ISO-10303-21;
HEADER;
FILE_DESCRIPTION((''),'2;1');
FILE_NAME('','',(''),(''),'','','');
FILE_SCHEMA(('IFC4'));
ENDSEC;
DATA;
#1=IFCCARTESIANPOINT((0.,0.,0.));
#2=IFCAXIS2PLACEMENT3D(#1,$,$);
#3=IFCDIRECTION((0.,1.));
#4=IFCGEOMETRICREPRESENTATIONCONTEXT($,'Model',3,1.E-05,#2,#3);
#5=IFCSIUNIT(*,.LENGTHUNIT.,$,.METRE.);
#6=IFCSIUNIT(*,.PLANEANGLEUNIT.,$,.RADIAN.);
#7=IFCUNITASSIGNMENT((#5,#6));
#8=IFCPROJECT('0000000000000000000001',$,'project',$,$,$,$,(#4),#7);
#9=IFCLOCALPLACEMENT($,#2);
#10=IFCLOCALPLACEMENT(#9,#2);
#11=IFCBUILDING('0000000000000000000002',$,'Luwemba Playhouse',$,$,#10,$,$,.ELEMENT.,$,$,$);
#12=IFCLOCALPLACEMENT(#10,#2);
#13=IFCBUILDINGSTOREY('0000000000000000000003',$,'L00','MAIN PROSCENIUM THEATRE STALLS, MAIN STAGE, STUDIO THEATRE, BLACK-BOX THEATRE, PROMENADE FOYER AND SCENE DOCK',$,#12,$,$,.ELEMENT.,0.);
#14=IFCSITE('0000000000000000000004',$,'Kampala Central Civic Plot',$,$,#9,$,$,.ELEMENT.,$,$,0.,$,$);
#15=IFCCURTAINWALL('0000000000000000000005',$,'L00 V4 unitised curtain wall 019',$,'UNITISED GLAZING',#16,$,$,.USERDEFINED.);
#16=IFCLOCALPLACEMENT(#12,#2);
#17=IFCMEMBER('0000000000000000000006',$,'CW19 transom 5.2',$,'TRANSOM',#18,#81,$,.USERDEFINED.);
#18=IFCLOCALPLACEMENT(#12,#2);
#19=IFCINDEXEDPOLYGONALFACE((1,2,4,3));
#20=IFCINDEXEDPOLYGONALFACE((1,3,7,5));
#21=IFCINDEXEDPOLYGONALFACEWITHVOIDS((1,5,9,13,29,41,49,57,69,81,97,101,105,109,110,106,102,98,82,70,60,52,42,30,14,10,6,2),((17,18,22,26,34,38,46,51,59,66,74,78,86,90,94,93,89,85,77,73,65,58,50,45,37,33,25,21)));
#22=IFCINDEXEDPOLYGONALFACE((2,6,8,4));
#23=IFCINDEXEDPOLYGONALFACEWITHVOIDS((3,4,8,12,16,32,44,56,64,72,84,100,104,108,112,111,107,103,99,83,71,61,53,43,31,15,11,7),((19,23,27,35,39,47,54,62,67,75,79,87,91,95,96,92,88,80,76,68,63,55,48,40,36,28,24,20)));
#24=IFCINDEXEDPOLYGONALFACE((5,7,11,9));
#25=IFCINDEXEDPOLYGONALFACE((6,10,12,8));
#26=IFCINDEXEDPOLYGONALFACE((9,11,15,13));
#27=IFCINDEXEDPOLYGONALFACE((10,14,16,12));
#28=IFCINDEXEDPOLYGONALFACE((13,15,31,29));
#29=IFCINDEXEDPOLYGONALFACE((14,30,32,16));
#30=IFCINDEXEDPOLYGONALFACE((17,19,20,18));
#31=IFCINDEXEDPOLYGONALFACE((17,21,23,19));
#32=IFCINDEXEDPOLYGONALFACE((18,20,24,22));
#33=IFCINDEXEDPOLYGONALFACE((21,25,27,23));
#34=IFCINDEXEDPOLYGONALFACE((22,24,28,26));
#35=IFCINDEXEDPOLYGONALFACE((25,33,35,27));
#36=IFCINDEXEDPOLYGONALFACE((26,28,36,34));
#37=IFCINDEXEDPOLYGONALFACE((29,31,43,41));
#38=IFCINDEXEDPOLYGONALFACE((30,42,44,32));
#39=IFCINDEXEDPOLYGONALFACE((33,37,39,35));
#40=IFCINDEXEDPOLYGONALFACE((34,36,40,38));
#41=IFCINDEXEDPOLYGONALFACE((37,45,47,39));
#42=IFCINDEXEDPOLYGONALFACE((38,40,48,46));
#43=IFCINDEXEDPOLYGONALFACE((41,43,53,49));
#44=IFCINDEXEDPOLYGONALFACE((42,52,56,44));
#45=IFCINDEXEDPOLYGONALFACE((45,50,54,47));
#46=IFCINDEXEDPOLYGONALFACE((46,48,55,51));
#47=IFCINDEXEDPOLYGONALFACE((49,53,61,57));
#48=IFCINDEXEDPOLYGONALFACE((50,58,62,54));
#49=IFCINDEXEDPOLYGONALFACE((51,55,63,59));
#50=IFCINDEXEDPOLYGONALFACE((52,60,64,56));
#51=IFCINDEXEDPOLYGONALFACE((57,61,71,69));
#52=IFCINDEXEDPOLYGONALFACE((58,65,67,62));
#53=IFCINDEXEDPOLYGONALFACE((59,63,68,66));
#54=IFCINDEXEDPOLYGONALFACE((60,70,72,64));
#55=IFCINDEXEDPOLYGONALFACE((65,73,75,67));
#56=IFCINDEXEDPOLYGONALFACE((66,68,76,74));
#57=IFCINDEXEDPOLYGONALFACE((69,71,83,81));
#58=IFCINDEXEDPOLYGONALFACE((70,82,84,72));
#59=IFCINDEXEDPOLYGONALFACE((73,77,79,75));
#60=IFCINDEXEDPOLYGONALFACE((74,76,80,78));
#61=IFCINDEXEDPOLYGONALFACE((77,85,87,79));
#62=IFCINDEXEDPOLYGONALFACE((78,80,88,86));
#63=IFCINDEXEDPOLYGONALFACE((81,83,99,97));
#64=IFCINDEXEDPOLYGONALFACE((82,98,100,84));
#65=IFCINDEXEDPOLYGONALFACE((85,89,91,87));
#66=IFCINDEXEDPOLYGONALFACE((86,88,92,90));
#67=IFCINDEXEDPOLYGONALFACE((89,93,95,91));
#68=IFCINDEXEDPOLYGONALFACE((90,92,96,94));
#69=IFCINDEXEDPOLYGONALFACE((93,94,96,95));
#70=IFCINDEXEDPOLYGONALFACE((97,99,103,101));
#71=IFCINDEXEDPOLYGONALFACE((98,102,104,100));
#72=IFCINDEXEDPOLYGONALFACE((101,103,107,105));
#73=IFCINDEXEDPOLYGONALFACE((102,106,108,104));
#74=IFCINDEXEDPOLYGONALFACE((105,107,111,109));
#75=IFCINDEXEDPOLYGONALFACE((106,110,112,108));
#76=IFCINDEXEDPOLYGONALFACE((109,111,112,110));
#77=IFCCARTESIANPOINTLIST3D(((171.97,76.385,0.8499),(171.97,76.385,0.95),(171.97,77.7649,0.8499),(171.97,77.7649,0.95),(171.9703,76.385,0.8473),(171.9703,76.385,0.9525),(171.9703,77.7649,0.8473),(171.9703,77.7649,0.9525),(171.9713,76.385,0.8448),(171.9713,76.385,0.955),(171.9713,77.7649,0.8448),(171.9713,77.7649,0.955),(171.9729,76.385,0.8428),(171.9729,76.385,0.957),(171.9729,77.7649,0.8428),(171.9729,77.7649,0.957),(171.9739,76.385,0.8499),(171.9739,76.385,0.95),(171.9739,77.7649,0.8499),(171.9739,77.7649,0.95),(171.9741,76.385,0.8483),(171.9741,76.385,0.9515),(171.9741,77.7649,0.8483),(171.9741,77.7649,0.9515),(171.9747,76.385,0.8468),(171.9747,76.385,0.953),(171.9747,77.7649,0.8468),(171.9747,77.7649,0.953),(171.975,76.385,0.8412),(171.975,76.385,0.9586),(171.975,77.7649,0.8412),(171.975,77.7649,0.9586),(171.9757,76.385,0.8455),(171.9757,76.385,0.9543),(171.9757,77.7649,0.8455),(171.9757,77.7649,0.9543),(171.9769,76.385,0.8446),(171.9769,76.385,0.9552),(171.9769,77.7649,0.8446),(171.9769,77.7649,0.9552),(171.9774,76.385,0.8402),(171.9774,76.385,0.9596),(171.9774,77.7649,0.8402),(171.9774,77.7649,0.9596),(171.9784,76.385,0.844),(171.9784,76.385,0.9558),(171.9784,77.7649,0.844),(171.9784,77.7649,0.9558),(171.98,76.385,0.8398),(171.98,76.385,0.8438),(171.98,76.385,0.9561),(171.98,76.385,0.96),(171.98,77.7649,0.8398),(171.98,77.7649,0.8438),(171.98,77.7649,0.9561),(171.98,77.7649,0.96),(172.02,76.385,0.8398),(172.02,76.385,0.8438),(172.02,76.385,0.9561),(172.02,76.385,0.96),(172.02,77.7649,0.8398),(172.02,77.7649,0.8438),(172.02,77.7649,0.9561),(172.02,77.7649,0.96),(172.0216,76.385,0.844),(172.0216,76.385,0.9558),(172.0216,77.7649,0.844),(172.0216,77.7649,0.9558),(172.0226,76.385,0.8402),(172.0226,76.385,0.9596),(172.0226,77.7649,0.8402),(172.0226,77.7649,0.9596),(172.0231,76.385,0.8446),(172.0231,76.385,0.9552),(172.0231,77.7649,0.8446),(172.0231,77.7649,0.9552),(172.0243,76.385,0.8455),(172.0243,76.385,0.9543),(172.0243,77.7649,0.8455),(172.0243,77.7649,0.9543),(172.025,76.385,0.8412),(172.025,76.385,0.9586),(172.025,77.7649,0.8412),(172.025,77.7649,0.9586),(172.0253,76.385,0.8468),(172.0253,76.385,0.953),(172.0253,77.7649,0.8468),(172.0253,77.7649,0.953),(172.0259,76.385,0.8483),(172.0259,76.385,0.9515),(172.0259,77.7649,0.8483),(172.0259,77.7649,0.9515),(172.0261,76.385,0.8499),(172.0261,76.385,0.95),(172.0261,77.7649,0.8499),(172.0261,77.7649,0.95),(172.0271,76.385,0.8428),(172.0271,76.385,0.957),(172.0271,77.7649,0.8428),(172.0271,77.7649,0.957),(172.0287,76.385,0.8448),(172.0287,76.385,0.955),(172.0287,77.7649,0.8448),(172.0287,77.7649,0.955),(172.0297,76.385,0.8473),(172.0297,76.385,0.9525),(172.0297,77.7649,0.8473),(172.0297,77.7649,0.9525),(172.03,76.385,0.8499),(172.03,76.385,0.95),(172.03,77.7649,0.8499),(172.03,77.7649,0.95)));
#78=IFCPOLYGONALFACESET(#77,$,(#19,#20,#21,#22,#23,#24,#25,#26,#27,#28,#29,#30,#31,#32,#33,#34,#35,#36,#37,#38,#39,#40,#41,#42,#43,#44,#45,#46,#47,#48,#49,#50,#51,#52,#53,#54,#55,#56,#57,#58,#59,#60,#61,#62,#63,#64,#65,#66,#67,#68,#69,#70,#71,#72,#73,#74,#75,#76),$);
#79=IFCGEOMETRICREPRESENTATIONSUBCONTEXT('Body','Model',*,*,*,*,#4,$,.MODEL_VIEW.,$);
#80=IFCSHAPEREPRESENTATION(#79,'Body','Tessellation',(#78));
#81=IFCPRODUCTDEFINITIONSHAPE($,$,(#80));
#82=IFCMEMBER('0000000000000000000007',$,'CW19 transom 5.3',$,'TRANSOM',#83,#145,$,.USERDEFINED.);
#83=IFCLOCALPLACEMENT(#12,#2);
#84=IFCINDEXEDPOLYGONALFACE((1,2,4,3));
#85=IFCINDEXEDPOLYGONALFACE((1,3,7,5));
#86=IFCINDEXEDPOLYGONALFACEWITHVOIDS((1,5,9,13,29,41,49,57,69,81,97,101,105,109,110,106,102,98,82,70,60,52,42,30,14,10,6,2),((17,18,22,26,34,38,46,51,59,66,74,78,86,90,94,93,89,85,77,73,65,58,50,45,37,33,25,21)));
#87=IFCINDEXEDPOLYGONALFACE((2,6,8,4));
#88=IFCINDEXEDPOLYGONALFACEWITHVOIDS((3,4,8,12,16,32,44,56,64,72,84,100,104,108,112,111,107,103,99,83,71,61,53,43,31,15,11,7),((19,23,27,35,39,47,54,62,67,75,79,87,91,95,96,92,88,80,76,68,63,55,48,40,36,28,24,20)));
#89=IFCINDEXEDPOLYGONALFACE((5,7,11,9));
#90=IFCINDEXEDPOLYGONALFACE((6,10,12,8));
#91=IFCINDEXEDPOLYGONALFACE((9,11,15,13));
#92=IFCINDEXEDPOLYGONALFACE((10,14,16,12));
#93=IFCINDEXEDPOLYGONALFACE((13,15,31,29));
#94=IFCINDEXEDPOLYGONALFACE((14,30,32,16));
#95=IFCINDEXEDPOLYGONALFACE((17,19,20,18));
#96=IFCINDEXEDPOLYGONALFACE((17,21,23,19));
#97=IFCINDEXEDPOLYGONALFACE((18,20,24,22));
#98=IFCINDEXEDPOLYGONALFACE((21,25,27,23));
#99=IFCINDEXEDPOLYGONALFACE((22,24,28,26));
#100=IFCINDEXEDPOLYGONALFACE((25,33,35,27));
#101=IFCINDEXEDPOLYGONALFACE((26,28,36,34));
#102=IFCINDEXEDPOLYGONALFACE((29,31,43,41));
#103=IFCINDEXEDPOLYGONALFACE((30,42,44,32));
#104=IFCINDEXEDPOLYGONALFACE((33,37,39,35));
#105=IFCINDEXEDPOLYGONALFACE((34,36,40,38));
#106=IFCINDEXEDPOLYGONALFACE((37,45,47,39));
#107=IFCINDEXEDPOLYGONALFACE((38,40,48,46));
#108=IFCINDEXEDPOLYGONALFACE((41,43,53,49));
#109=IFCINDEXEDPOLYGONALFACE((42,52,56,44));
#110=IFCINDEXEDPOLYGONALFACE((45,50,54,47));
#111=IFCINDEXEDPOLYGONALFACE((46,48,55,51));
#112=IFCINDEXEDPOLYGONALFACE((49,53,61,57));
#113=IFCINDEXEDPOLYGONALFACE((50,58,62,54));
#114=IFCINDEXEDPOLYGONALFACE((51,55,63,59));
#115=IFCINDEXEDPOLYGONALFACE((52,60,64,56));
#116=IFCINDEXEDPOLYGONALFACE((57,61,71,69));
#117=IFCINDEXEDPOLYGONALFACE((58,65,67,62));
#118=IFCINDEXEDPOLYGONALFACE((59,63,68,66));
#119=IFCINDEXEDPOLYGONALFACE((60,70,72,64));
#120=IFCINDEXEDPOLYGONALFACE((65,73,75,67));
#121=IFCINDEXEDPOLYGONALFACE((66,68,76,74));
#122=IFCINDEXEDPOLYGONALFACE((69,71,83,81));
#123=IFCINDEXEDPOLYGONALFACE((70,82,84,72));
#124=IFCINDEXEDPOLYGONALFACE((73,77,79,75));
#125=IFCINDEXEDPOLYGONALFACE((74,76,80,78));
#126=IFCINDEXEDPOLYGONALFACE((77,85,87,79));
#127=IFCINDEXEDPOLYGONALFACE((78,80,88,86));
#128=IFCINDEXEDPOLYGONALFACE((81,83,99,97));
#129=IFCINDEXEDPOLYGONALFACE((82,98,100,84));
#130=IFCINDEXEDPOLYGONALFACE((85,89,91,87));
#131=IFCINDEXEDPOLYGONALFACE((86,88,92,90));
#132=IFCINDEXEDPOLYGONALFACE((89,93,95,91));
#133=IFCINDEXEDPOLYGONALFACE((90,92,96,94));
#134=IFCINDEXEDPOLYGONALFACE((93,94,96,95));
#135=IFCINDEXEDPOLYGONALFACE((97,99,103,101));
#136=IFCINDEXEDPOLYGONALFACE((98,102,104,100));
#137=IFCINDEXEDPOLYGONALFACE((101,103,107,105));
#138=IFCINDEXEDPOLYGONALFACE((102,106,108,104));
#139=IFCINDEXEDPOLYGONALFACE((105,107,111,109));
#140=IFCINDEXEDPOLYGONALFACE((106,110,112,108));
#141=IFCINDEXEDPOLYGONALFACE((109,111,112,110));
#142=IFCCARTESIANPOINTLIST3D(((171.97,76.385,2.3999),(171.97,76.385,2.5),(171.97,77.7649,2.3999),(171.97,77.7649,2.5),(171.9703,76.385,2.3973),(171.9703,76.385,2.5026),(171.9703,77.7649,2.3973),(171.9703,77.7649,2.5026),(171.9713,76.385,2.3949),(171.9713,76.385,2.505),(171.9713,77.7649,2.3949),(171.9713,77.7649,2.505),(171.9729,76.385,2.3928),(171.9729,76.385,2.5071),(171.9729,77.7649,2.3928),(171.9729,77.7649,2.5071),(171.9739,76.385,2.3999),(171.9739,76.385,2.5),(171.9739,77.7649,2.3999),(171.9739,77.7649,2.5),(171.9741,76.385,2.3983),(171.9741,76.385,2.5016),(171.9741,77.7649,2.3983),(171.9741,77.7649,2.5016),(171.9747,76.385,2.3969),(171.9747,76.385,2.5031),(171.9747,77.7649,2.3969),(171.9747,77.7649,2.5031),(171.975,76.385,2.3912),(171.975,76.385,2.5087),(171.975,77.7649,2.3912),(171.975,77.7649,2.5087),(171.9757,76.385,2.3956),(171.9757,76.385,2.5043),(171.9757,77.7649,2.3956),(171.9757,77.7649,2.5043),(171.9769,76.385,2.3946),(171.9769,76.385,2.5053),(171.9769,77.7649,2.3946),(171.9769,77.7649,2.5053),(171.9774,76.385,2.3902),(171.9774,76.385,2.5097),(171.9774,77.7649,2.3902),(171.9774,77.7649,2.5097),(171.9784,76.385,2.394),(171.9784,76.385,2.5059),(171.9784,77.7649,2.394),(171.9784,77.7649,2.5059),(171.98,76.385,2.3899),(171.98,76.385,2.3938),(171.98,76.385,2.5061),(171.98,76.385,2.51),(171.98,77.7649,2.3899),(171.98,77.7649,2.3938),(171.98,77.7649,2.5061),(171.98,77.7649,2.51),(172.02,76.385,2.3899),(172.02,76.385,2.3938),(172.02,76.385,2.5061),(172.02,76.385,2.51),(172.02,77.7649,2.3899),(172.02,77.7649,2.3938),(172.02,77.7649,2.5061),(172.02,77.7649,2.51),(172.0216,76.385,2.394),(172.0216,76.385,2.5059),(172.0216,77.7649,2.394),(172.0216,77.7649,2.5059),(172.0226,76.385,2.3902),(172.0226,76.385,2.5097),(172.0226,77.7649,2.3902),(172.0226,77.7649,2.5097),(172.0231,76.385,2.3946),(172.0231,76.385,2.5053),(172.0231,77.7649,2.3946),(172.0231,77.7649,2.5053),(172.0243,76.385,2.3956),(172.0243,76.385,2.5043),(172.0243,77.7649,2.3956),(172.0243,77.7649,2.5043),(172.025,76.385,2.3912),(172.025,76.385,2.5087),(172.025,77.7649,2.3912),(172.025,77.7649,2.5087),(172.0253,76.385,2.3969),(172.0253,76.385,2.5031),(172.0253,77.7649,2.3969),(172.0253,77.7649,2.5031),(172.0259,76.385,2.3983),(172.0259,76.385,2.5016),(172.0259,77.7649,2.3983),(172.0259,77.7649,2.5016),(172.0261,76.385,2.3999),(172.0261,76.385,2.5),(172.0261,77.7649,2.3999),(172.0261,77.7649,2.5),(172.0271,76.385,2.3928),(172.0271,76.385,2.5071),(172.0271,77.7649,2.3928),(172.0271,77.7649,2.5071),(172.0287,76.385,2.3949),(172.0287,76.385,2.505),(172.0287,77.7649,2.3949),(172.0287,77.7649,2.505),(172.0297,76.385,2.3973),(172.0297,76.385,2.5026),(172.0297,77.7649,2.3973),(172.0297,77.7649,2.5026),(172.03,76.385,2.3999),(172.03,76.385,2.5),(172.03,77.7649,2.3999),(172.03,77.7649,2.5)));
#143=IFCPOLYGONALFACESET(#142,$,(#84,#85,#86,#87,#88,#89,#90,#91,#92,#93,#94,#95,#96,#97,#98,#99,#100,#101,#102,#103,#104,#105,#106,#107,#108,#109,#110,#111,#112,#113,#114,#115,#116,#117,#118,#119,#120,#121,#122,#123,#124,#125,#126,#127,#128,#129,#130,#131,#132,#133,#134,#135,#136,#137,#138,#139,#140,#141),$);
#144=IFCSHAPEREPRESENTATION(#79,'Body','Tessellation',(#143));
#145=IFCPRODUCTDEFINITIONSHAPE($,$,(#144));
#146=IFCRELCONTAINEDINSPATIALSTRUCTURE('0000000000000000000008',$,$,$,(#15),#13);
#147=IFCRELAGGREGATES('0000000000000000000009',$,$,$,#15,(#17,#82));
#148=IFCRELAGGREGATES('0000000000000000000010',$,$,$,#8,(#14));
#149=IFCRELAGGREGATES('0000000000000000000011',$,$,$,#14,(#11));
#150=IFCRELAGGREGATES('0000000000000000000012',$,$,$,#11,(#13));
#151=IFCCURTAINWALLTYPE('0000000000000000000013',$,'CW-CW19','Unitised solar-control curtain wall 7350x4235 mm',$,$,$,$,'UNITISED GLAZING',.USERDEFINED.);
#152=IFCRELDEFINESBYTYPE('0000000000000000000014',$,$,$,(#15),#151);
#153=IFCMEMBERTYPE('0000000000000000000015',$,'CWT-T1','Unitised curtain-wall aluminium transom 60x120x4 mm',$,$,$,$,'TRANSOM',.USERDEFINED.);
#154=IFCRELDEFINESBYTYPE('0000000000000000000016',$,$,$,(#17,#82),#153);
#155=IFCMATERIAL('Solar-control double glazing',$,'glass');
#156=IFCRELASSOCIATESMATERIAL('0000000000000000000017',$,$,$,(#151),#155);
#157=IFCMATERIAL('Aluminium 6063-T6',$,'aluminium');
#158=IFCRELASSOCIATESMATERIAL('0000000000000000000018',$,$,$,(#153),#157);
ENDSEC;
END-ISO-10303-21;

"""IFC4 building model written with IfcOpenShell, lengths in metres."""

from ifc_helpers import new_model, si_unit, direction, frame, origin, origin_2d, place, context, subcontext, project, spatial, hollow_rectangle, extrude, material, material_profile, profile_set, type_object, element, aggregate, save


model = new_model("IFC4")

# Units and contexts
model_context = context("Model", 3, precision=1e-05, world=origin(), true_north=direction((0.0, 1.0)))
body_context = subcontext(model_context, "Body", "Model", "MODEL_VIEW")
ifc_project = project(units=[si_unit("LENGTHUNIT", "METRE"), si_unit("PLANEANGLEUNIT", "RADIAN")], contexts=[model_context])

# Site, building, storey
site_placement = place(None, origin())
site = spatial("IfcSite", under=ifc_project, at=site_placement, Name="Kampala Central Civic Plot", CompositionType="ELEMENT", RefElevation=0.0)
building_placement = place(site_placement, origin())
building = spatial("IfcBuilding", under=site, at=building_placement, Name="Luwemba Playhouse", CompositionType="ELEMENT")
storey_placement = place(building_placement, origin())
storey = spatial("IfcBuildingStorey", under=building, at=storey_placement, Name="L00", Description="MAIN PROSCENIUM THEATRE STALLS, MAIN STAGE, STUDIO THEATRE, BLACK-BOX THEATRE, PROMENADE FOYER AND SCENE DOCK", CompositionType="ELEMENT", Elevation=0.0)

# Curtain wall, members
ifc_material_1 = material(Name="Solar-control double glazing", Category="glass")
curtain_wall_type = type_object("IfcCurtainWallType", Name="CW-CW19", Description="Unitised solar-control curtain wall 7350x4235 mm", ElementType="UNITISED GLAZING", PredefinedType="USERDEFINED", material=ifc_material_1)
curtain_wall_placement = place(storey_placement, origin())
curtain_wall = element("IfcCurtainWall", 1, at=curtain_wall_placement, inside=storey, type_object=curtain_wall_type, Name="L00 V4 unitised curtain wall 019", ObjectType="UNITISED GLAZING", PredefinedType="USERDEFINED")
ifc_material_2 = material(Name="Aluminium 6063-T6", Category="aluminium")
ifc_material_profile_1 = material_profile(ifc_material_2, hollow_rectangle(XDim=0.0601, YDim=0.1201, WallThickness=0.0039, InnerFilletRadius=0.0061, OuterFilletRadius=0.01, at=origin_2d()))
ifc_profile_set_1 = profile_set([ifc_material_profile_1], Name="Aluminium 6063-T6")
member_type_1 = type_object("IfcMemberType", Name="CWT-T1", Description="Unitised curtain-wall aluminium transom 60x120x4 mm", ElementType="TRANSOM", PredefinedType="USERDEFINED", material=ifc_profile_set_1)
member_1_placement = place(storey_placement, frame((172.0, 77.7649, 0.8999), z_axis=(0.0, -1.0, 0.0), x_axis=(1.0, 0.0, 0.0)))
member_1 = element("IfcMember", 2, at=member_1_placement, type_object=member_type_1, Name="CW19 transom 5.2", ObjectType="TRANSOM", PredefinedType="USERDEFINED", context=body_context, shape_type="SweptSolid", body=[
    extrude(hollow_rectangle(XDim=0.0601, YDim=0.1201, WallThickness=0.0039, InnerFilletRadius=0.0061, OuterFilletRadius=0.01, at=origin_2d()), origin(), (0.0, 0.0, 1.0), 1.3799),
])
member_2_placement = place(storey_placement, frame((172.0, 77.7649, 2.45), z_axis=(0.0, -1.0, 0.0), x_axis=(1.0, 0.0, 0.0)))
member_2 = element("IfcMember", 3, at=member_2_placement, type_object=member_type_1, Name="CW19 transom 5.3", ObjectType="TRANSOM", PredefinedType="USERDEFINED", context=body_context, shape_type="SweptSolid", body=[
    extrude(hollow_rectangle(XDim=0.0601, YDim=0.1201, WallThickness=0.0039, InnerFilletRadius=0.0061, OuterFilletRadius=0.01, at=origin_2d()), origin(), (0.0, 0.0, 1.0), 1.3799),
])
aggregate(curtain_wall, [member_1, member_2])

save(model, "model.ifc")
